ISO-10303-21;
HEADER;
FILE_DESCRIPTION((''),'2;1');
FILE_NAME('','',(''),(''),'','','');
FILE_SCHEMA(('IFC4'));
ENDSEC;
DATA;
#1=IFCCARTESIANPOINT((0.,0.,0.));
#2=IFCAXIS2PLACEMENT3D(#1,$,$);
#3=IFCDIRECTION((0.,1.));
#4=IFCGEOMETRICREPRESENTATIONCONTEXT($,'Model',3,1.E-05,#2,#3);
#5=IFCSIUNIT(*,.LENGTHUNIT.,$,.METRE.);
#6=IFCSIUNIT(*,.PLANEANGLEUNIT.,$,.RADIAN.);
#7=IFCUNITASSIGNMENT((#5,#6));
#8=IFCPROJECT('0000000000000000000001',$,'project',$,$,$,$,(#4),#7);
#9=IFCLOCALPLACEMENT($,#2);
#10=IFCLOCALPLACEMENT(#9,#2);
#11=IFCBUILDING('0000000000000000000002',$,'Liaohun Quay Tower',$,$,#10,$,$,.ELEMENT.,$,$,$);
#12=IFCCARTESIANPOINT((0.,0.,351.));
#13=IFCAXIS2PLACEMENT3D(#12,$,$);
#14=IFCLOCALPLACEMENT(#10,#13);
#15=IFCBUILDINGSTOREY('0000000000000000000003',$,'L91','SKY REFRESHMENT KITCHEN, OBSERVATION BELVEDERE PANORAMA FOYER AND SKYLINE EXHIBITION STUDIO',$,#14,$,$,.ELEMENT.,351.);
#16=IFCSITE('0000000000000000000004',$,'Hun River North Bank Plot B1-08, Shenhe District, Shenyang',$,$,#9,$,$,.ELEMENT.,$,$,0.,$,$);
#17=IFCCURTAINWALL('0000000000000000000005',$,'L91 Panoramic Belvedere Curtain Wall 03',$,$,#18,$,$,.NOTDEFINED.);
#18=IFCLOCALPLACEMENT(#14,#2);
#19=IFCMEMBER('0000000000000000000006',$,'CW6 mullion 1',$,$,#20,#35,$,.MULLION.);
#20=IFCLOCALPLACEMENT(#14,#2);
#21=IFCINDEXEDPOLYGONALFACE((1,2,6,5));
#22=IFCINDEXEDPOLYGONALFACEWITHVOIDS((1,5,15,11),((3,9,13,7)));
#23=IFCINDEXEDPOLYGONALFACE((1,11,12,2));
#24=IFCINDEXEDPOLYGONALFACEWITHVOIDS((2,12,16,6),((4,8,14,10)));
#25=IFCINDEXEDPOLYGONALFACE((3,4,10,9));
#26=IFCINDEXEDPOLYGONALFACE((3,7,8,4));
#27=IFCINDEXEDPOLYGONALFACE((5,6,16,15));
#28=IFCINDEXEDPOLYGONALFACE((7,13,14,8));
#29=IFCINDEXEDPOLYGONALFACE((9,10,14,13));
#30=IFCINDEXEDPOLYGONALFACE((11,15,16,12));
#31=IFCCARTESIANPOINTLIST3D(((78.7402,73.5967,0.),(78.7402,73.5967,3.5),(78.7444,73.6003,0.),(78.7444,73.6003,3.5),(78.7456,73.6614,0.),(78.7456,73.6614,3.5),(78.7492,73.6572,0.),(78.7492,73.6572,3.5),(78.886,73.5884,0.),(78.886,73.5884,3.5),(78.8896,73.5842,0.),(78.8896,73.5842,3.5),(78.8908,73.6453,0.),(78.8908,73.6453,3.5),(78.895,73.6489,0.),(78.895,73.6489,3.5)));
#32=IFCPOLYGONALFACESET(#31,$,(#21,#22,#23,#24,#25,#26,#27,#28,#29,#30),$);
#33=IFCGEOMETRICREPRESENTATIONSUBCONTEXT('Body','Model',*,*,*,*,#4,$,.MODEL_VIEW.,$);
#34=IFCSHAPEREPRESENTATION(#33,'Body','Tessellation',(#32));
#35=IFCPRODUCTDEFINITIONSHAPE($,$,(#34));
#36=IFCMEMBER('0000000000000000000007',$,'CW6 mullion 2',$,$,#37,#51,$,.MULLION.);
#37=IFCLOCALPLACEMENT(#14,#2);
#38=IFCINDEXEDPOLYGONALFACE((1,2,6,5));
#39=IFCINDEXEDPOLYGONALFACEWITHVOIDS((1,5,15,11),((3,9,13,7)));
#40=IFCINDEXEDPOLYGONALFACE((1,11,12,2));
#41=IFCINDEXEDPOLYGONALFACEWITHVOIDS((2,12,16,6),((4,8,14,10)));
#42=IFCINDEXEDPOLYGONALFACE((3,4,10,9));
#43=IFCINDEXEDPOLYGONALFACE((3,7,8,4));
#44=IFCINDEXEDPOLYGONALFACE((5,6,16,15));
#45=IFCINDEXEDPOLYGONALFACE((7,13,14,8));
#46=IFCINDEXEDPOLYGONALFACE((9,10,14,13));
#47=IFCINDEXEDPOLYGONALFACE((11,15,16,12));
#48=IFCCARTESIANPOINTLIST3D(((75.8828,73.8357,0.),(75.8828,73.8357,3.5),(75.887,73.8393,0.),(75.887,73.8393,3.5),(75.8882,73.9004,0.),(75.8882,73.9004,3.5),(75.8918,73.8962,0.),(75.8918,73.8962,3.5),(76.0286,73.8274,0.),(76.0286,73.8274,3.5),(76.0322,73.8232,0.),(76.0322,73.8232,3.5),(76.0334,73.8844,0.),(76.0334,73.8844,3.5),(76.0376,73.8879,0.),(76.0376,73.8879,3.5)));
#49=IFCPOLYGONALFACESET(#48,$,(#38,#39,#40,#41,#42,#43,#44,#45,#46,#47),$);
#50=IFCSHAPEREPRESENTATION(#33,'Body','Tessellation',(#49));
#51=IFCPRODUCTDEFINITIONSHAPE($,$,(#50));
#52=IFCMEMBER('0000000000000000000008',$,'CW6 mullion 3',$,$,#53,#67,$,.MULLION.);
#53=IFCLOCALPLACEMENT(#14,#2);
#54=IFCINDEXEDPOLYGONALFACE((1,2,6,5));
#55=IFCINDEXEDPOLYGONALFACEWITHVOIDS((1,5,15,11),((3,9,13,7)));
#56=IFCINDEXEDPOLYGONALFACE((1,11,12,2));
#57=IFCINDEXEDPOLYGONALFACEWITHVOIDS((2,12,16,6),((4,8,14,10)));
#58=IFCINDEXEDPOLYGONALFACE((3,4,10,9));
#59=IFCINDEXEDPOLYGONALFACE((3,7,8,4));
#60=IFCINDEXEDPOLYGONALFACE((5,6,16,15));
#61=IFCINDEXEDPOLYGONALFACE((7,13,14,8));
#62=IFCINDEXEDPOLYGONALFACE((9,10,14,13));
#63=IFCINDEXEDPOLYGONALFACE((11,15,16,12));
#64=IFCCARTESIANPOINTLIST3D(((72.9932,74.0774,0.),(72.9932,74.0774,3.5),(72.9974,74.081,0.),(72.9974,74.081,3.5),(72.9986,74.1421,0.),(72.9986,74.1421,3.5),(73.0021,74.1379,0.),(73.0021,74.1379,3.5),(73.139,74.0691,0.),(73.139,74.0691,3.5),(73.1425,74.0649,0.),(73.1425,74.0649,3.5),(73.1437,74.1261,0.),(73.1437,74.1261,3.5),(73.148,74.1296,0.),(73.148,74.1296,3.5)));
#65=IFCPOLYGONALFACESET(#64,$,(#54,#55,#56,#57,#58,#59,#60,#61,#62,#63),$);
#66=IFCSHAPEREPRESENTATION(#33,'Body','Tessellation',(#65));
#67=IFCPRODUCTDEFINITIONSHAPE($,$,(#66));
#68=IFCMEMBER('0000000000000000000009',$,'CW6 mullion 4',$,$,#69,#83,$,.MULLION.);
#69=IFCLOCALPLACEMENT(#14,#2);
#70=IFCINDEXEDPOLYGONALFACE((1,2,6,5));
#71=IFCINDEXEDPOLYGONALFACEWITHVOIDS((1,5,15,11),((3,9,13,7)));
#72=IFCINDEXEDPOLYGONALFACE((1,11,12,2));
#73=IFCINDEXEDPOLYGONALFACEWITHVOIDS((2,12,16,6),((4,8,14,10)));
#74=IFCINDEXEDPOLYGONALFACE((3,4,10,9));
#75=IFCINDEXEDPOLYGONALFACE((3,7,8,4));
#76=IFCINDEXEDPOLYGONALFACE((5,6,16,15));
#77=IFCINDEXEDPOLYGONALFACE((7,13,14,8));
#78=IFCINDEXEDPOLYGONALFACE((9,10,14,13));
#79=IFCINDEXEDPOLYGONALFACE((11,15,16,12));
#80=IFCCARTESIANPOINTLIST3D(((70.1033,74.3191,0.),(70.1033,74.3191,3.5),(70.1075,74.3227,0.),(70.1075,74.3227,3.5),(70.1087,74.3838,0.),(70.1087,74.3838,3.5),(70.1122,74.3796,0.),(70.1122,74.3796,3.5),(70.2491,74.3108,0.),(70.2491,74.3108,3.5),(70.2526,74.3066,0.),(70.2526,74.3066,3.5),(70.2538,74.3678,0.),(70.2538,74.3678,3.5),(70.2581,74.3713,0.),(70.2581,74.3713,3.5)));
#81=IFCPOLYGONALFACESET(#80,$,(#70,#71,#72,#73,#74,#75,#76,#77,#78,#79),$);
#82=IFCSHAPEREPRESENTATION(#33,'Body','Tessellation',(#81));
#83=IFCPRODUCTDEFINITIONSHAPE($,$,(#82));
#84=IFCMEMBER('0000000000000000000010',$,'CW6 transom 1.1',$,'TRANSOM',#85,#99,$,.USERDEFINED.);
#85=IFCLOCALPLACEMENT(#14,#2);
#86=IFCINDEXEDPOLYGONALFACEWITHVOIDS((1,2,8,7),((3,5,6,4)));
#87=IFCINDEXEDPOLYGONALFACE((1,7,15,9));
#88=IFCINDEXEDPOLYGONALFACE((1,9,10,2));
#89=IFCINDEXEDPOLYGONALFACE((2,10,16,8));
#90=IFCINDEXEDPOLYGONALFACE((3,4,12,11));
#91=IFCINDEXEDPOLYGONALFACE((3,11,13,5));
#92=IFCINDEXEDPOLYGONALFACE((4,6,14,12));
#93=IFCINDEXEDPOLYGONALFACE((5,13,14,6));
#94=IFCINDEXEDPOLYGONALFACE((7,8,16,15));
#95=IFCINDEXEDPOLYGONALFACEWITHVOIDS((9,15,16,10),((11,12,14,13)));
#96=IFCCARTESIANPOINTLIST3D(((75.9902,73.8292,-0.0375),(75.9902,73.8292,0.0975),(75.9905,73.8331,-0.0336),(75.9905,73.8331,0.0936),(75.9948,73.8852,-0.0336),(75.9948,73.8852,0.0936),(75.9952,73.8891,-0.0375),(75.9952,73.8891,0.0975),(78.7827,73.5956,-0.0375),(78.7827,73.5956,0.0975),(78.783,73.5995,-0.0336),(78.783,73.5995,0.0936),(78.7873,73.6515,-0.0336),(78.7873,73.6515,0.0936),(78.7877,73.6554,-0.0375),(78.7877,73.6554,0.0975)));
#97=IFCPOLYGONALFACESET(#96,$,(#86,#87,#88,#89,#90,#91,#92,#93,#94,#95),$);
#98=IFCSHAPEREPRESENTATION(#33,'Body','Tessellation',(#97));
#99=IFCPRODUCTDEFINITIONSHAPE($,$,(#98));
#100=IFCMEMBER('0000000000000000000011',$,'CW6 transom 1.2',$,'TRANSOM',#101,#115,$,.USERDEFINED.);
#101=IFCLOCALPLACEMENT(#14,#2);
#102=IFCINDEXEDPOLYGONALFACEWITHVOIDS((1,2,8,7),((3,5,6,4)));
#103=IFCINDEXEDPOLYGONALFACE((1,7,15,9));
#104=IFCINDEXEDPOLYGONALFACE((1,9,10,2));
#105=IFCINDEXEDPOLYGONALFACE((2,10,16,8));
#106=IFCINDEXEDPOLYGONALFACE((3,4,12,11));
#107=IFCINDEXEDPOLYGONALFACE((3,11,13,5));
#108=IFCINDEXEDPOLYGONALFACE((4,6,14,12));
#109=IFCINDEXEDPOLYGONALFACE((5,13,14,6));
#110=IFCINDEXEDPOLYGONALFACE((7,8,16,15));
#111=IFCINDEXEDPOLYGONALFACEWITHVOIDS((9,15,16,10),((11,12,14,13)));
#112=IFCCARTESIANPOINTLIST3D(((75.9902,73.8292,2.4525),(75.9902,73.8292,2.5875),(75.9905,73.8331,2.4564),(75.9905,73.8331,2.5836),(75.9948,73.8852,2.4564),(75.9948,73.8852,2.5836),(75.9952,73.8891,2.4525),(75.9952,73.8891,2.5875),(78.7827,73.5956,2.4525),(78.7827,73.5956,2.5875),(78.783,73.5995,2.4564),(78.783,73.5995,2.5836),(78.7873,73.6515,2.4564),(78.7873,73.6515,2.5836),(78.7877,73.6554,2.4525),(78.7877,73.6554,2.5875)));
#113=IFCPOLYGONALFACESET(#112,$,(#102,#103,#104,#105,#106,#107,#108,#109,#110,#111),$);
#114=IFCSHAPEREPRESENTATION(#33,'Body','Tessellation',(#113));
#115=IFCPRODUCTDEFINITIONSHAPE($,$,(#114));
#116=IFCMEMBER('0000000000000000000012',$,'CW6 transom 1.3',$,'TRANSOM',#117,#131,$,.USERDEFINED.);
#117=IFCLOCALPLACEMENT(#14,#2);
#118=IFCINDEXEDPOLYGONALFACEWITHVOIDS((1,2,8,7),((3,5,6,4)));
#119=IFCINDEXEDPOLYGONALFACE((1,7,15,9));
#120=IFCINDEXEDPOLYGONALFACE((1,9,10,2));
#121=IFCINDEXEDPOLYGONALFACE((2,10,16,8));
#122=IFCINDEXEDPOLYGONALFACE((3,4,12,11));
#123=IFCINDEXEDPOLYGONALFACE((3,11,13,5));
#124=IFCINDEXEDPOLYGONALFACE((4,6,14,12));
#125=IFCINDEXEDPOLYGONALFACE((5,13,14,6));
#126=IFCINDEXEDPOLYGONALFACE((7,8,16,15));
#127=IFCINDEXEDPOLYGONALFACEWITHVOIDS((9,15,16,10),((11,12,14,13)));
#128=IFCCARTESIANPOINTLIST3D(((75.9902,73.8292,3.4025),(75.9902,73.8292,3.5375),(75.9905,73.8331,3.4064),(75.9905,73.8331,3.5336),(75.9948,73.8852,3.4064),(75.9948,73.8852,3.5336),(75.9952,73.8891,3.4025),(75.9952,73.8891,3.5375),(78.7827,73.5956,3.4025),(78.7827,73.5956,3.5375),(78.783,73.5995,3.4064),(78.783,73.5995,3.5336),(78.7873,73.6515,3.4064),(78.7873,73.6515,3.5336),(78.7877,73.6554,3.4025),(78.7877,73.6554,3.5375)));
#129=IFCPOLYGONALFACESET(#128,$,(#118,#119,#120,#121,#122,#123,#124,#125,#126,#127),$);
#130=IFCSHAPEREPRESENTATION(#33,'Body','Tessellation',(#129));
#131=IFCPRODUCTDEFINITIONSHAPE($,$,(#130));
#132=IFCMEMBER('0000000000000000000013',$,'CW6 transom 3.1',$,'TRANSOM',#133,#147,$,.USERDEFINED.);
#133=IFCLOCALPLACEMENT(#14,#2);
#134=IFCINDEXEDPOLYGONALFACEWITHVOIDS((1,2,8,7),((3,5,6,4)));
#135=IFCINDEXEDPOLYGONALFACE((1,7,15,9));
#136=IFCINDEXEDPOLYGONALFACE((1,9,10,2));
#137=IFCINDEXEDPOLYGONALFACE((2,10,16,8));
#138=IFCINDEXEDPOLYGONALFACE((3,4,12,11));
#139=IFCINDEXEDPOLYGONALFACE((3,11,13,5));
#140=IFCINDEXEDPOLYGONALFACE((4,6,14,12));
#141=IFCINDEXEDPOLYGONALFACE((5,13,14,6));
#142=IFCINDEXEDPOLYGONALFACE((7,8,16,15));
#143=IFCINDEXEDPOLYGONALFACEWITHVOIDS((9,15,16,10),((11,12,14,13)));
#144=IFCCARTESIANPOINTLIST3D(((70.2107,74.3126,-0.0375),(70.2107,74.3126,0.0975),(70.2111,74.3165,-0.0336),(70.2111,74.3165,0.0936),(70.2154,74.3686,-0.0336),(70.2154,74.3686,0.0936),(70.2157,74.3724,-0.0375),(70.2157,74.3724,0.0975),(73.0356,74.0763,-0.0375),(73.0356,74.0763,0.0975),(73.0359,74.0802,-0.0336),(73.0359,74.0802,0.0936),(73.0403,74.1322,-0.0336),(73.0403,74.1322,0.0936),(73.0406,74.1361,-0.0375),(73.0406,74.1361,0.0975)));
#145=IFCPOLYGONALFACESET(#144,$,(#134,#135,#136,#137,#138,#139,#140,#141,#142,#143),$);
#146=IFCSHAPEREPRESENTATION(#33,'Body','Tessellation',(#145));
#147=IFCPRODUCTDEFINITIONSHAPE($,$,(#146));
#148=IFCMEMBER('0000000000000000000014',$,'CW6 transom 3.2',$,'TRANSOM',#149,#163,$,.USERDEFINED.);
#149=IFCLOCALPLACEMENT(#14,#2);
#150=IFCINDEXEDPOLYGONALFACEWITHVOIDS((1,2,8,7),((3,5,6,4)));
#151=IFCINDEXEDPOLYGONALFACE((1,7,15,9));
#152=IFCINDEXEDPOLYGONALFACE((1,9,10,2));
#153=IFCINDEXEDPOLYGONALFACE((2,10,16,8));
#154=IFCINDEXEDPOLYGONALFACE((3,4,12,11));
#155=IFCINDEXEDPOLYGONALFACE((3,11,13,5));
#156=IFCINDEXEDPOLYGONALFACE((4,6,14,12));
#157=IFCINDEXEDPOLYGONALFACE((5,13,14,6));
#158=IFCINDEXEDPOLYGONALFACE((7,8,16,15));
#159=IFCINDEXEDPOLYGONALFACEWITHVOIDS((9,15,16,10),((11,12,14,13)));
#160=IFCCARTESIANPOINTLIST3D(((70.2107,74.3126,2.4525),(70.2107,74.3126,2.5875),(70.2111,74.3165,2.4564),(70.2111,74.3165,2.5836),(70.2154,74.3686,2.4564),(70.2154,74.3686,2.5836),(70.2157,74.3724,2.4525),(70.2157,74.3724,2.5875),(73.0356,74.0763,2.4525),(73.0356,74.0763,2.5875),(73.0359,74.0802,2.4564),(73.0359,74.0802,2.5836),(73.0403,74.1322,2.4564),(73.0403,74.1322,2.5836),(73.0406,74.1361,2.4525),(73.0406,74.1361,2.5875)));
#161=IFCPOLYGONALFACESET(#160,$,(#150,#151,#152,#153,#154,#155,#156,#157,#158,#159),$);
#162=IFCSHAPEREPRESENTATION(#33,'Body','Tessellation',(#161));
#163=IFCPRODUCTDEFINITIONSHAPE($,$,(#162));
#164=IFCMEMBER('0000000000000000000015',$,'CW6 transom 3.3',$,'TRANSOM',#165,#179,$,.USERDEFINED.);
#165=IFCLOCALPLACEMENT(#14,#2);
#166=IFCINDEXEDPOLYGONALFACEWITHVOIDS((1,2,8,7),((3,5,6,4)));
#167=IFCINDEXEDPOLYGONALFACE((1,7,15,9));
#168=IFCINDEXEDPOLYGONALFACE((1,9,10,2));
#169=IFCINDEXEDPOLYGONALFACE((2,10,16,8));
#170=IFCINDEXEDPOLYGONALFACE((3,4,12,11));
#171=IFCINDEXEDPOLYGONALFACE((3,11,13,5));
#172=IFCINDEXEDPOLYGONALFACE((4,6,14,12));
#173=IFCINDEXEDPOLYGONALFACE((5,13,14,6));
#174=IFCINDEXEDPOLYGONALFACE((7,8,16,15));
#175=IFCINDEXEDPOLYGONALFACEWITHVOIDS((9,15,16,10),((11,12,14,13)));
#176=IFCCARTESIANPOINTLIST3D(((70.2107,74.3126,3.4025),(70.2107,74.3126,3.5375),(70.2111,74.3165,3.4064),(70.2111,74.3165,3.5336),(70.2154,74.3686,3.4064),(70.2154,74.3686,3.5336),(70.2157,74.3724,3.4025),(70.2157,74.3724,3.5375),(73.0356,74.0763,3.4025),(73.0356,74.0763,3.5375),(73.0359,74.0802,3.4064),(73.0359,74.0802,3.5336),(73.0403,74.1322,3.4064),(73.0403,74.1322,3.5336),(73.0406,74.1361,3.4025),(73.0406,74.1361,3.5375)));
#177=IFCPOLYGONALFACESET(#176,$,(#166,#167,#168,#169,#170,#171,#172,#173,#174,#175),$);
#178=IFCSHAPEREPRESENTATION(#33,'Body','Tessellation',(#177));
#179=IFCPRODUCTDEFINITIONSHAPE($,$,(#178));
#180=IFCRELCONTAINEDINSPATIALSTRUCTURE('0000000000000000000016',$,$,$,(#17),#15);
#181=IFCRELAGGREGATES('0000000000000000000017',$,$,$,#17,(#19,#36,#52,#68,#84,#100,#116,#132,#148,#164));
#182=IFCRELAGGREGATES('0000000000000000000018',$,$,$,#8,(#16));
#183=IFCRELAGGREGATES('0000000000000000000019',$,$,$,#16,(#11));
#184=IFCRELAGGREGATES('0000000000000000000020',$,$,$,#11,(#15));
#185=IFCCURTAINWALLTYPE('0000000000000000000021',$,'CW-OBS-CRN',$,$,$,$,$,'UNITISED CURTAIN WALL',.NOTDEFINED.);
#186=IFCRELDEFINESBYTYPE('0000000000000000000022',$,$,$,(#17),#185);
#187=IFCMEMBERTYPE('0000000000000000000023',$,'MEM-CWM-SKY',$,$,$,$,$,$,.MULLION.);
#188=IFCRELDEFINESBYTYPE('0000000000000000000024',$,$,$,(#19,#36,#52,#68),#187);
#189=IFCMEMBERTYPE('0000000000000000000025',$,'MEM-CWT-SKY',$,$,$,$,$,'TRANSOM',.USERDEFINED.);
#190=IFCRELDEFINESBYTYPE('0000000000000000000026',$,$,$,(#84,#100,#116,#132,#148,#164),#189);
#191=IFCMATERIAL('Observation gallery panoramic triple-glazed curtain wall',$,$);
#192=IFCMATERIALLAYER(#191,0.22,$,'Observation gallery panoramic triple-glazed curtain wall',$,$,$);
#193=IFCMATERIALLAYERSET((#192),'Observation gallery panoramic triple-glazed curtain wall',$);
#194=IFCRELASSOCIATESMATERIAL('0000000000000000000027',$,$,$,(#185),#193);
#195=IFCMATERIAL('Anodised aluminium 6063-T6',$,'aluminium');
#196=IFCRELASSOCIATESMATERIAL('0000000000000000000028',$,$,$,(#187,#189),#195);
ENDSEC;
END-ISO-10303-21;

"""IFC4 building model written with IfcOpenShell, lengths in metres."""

from ifc_helpers import new_model, si_unit, direction, frame, origin, origin_2d, place, context, subcontext, project, spatial, hollow_rectangle, extrude, source, transform, mapped, material, layer, layer_set, material_profile, profile_set, type_object, element, aggregate, save


model = new_model("IFC4")

# Units and contexts
model_context = context("Model", 3, precision=1e-05, world=origin(), true_north=direction((0.0, 1.0)))
body_context = subcontext(model_context, "Body", "Model", "MODEL_VIEW")
ifc_project = project(units=[si_unit("LENGTHUNIT", "METRE"), si_unit("PLANEANGLEUNIT", "RADIAN")], contexts=[model_context])

# Site, building, storey
site_placement = place(None, origin())
site = spatial("IfcSite", under=ifc_project, at=site_placement, Name="Hun River North Bank Plot B1-08, Shenhe District, Shenyang", CompositionType="ELEMENT", RefElevation=0.0)
building_placement = place(site_placement, origin())
building = spatial("IfcBuilding", under=site, at=building_placement, Name="Liaohun Quay Tower", CompositionType="ELEMENT")
storey_placement = place(building_placement, frame((0.0, 0.0, 351.0)))
storey = spatial("IfcBuildingStorey", under=building, at=storey_placement, Name="L91", Description="SKY REFRESHMENT KITCHEN, OBSERVATION BELVEDERE PANORAMA FOYER AND SKYLINE EXHIBITION STUDIO", CompositionType="ELEMENT", Elevation=351.0)

# Curtain wall, members
ifc_material_1 = material(Name="Observation gallery panoramic triple-glazed curtain wall")
ifc_layer_1 = layer(ifc_material_1, 0.22, Name="Observation gallery panoramic triple-glazed curtain wall")
ifc_layer_set_1 = layer_set([ifc_layer_1], Name="Observation gallery panoramic triple-glazed curtain wall")
curtain_wall_type = type_object("IfcCurtainWallType", Name="CW-OBS-CRN", ElementType="UNITISED CURTAIN WALL", PredefinedType="NOTDEFINED", material=ifc_layer_set_1)
curtain_wall_placement = place(storey_placement, origin())
curtain_wall = element("IfcCurtainWall", 1, at=curtain_wall_placement, inside=storey, type_object=curtain_wall_type, Name="L91 Panoramic Belvedere Curtain Wall 03", PredefinedType="NOTDEFINED")
ifc_material_2 = material(Name="Anodised aluminium 6063-T6", Category="aluminium")
ifc_material_profile_1 = material_profile(ifc_material_2, hollow_rectangle(XDim=0.0649, YDim=0.1499, WallThickness=0.0039, at=origin_2d()), Name="RHS150x65x4")
ifc_profile_set_1 = profile_set([ifc_material_profile_1], Name="Anodised aluminium 6063-T6")
member_type_1 = type_object("IfcMemberType", Name="MEM-CWM-SKY", PredefinedType="MULLION", material=ifc_profile_set_1)
shared_shape_1 = source(origin(), body_context, "Body", "SweptSolid", [
    extrude(hollow_rectangle(XDim=0.0649, YDim=0.1499, WallThickness=0.0039, at=origin_2d()), origin(), (0.0, 0.0, 1.0), 3.5),
])
member_1_placement = place(storey_placement, frame((78.8176, 73.6228, 0.0), z_axis=(0.0, 0.0, 1.0), x_axis=(-0.083367, -0.996519, 0.0)))
member_1 = element("IfcMember", 2, at=member_1_placement, type_object=member_type_1, Name="CW6 mullion 1", PredefinedType="MULLION", context=body_context, shape_type="MappedRepresentation", body=[
    mapped(shared_shape_1, transform((0.0, 0.0, 0.0), x_axis=(1.0, 0.0, 0.0), y_axis=(0.0, 1.0, 0.0), z_axis=(0.0, 0.0, 1.0), scale=1.0)),
])
member_2_placement = place(storey_placement, frame((75.9602, 73.8618, 0.0), z_axis=(0.0, 0.0, 1.0), x_axis=(-0.083367, -0.996519, 0.0)))
member_2 = element("IfcMember", 3, at=member_2_placement, type_object=member_type_1, Name="CW6 mullion 2", PredefinedType="MULLION", context=body_context, shape_type="MappedRepresentation", body=[
    mapped(shared_shape_1, transform((0.0, 0.0, 0.0), x_axis=(1.0, 0.0, 0.0), y_axis=(0.0, 1.0, 0.0), z_axis=(0.0, 0.0, 1.0), scale=1.0)),
])
member_3_placement = place(storey_placement, frame((73.0706, 74.1035, 0.0), z_axis=(0.0, 0.0, 1.0), x_axis=(-0.083367, -0.996519, 0.0)))
member_3 = element("IfcMember", 4, at=member_3_placement, type_object=member_type_1, Name="CW6 mullion 3", PredefinedType="MULLION", context=body_context, shape_type="MappedRepresentation", body=[
    mapped(shared_shape_1, transform((0.0, 0.0, 0.0), x_axis=(1.0, 0.0, 0.0), y_axis=(0.0, 1.0, 0.0), z_axis=(0.0, 0.0, 1.0), scale=1.0)),
])
member_4_placement = place(storey_placement, frame((70.1807, 74.3452, 0.0), z_axis=(0.0, 0.0, 1.0), x_axis=(-0.083367, -0.996519, 0.0)))
member_4 = element("IfcMember", 5, at=member_4_placement, type_object=member_type_1, Name="CW6 mullion 4", PredefinedType="MULLION", context=body_context, shape_type="MappedRepresentation", body=[
    mapped(shared_shape_1, transform((0.0, 0.0, 0.0), x_axis=(1.0, 0.0, 0.0), y_axis=(0.0, 1.0, 0.0), z_axis=(0.0, 0.0, 1.0), scale=1.0)),
])
ifc_material_profile_2 = material_profile(ifc_material_2, hollow_rectangle(XDim=0.0601, YDim=0.135, WallThickness=0.0039, at=origin_2d()), Name="RHS135x60x4")
ifc_profile_set_2 = profile_set([ifc_material_profile_2], Name="Anodised aluminium 6063-T6")
member_type_2 = type_object("IfcMemberType", Name="MEM-CWT-SKY", ElementType="TRANSOM", PredefinedType="USERDEFINED", material=ifc_profile_set_2)
shared_shape_2 = source(origin(), body_context, "Body", "SweptSolid", [
    extrude(hollow_rectangle(XDim=0.0601, YDim=0.135, WallThickness=0.0039, at=origin_2d()), origin(), (0.0, 0.0, 1.0), 2.8022),
])
member_5_placement = place(storey_placement, frame((78.7852, 73.6255, 0.03), z_axis=(-0.996518, 0.083377, 0.0), x_axis=(-0.083377, -0.996518, 0.0)))
member_5 = element("IfcMember", 6, at=member_5_placement, type_object=member_type_2, Name="CW6 transom 1.1", ObjectType="TRANSOM", PredefinedType="USERDEFINED", context=body_context, shape_type="MappedRepresentation", body=[
    mapped(shared_shape_2, transform((0.0, 0.0, 0.0), x_axis=(1.0, 0.0, 0.0), y_axis=(0.0, 1.0, 0.0), z_axis=(0.0, 0.0, 1.0), scale=1.0)),
])
member_6_placement = place(storey_placement, frame((78.7852, 73.6255, 2.52), z_axis=(-0.996518, 0.083377, 0.0), x_axis=(-0.083377, -0.996518, 0.0)))
member_6 = element("IfcMember", 7, at=member_6_placement, type_object=member_type_2, Name="CW6 transom 1.2", ObjectType="TRANSOM", PredefinedType="USERDEFINED", context=body_context, shape_type="MappedRepresentation", body=[
    mapped(shared_shape_2, transform((0.0, 0.0, 0.0), x_axis=(1.0, 0.0, 0.0), y_axis=(0.0, 1.0, 0.0), z_axis=(0.0, 0.0, 1.0), scale=1.0)),
])
member_7_placement = place(storey_placement, frame((78.7852, 73.6255, 3.47), z_axis=(-0.996518, 0.083377, 0.0), x_axis=(-0.083377, -0.996518, 0.0)))
member_7 = element("IfcMember", 8, at=member_7_placement, type_object=member_type_2, Name="CW6 transom 1.3", ObjectType="TRANSOM", PredefinedType="USERDEFINED", context=body_context, shape_type="MappedRepresentation", body=[
    mapped(shared_shape_2, transform((0.0, 0.0, 0.0), x_axis=(1.0, 0.0, 0.0), y_axis=(0.0, 1.0, 0.0), z_axis=(0.0, 0.0, 1.0), scale=1.0)),
])
shared_shape_3 = source(origin(), body_context, "Body", "SweptSolid", [
    extrude(hollow_rectangle(XDim=0.0601, YDim=0.135, WallThickness=0.0039, at=origin_2d()), origin(), (0.0, 0.0, 1.0), 2.8347),
])
member_8_placement = place(storey_placement, frame((73.0381, 74.1062, 0.03), z_axis=(-0.996519, 0.083366, 0.0), x_axis=(-0.083366, -0.996519, 0.0)))
member_8 = element("IfcMember", 9, at=member_8_placement, type_object=member_type_2, Name="CW6 transom 3.1", ObjectType="TRANSOM", PredefinedType="USERDEFINED", context=body_context, shape_type="MappedRepresentation", body=[
    mapped(shared_shape_3, transform((0.0, 0.0, 0.0), x_axis=(1.0, 0.0, 0.0), y_axis=(0.0, 1.0, 0.0), z_axis=(0.0, 0.0, 1.0), scale=1.0)),
])
member_9_placement = place(storey_placement, frame((73.0381, 74.1062, 2.52), z_axis=(-0.996519, 0.083366, 0.0), x_axis=(-0.083366, -0.996519, 0.0)))
member_9 = element("IfcMember", 10, at=member_9_placement, type_object=member_type_2, Name="CW6 transom 3.2", ObjectType="TRANSOM", PredefinedType="USERDEFINED", context=body_context, shape_type="MappedRepresentation", body=[
    mapped(shared_shape_3, transform((0.0, 0.0, 0.0), x_axis=(1.0, 0.0, 0.0), y_axis=(0.0, 1.0, 0.0), z_axis=(0.0, 0.0, 1.0), scale=1.0)),
])
member_10_placement = place(storey_placement, frame((73.0381, 74.1062, 3.47), z_axis=(-0.996519, 0.083366, 0.0), x_axis=(-0.083366, -0.996519, 0.0)))
member_10 = element("IfcMember", 11, at=member_10_placement, type_object=member_type_2, Name="CW6 transom 3.3", ObjectType="TRANSOM", PredefinedType="USERDEFINED", context=body_context, shape_type="MappedRepresentation", body=[
    mapped(shared_shape_3, transform((0.0, 0.0, 0.0), x_axis=(1.0, 0.0, 0.0), y_axis=(0.0, 1.0, 0.0), z_axis=(0.0, 0.0, 1.0), scale=1.0)),
])
aggregate(curtain_wall, [member_1, member_2, member_3, member_4, member_5, member_6, member_7, member_8, member_9, member_10])

save(model, "model.ifc")
